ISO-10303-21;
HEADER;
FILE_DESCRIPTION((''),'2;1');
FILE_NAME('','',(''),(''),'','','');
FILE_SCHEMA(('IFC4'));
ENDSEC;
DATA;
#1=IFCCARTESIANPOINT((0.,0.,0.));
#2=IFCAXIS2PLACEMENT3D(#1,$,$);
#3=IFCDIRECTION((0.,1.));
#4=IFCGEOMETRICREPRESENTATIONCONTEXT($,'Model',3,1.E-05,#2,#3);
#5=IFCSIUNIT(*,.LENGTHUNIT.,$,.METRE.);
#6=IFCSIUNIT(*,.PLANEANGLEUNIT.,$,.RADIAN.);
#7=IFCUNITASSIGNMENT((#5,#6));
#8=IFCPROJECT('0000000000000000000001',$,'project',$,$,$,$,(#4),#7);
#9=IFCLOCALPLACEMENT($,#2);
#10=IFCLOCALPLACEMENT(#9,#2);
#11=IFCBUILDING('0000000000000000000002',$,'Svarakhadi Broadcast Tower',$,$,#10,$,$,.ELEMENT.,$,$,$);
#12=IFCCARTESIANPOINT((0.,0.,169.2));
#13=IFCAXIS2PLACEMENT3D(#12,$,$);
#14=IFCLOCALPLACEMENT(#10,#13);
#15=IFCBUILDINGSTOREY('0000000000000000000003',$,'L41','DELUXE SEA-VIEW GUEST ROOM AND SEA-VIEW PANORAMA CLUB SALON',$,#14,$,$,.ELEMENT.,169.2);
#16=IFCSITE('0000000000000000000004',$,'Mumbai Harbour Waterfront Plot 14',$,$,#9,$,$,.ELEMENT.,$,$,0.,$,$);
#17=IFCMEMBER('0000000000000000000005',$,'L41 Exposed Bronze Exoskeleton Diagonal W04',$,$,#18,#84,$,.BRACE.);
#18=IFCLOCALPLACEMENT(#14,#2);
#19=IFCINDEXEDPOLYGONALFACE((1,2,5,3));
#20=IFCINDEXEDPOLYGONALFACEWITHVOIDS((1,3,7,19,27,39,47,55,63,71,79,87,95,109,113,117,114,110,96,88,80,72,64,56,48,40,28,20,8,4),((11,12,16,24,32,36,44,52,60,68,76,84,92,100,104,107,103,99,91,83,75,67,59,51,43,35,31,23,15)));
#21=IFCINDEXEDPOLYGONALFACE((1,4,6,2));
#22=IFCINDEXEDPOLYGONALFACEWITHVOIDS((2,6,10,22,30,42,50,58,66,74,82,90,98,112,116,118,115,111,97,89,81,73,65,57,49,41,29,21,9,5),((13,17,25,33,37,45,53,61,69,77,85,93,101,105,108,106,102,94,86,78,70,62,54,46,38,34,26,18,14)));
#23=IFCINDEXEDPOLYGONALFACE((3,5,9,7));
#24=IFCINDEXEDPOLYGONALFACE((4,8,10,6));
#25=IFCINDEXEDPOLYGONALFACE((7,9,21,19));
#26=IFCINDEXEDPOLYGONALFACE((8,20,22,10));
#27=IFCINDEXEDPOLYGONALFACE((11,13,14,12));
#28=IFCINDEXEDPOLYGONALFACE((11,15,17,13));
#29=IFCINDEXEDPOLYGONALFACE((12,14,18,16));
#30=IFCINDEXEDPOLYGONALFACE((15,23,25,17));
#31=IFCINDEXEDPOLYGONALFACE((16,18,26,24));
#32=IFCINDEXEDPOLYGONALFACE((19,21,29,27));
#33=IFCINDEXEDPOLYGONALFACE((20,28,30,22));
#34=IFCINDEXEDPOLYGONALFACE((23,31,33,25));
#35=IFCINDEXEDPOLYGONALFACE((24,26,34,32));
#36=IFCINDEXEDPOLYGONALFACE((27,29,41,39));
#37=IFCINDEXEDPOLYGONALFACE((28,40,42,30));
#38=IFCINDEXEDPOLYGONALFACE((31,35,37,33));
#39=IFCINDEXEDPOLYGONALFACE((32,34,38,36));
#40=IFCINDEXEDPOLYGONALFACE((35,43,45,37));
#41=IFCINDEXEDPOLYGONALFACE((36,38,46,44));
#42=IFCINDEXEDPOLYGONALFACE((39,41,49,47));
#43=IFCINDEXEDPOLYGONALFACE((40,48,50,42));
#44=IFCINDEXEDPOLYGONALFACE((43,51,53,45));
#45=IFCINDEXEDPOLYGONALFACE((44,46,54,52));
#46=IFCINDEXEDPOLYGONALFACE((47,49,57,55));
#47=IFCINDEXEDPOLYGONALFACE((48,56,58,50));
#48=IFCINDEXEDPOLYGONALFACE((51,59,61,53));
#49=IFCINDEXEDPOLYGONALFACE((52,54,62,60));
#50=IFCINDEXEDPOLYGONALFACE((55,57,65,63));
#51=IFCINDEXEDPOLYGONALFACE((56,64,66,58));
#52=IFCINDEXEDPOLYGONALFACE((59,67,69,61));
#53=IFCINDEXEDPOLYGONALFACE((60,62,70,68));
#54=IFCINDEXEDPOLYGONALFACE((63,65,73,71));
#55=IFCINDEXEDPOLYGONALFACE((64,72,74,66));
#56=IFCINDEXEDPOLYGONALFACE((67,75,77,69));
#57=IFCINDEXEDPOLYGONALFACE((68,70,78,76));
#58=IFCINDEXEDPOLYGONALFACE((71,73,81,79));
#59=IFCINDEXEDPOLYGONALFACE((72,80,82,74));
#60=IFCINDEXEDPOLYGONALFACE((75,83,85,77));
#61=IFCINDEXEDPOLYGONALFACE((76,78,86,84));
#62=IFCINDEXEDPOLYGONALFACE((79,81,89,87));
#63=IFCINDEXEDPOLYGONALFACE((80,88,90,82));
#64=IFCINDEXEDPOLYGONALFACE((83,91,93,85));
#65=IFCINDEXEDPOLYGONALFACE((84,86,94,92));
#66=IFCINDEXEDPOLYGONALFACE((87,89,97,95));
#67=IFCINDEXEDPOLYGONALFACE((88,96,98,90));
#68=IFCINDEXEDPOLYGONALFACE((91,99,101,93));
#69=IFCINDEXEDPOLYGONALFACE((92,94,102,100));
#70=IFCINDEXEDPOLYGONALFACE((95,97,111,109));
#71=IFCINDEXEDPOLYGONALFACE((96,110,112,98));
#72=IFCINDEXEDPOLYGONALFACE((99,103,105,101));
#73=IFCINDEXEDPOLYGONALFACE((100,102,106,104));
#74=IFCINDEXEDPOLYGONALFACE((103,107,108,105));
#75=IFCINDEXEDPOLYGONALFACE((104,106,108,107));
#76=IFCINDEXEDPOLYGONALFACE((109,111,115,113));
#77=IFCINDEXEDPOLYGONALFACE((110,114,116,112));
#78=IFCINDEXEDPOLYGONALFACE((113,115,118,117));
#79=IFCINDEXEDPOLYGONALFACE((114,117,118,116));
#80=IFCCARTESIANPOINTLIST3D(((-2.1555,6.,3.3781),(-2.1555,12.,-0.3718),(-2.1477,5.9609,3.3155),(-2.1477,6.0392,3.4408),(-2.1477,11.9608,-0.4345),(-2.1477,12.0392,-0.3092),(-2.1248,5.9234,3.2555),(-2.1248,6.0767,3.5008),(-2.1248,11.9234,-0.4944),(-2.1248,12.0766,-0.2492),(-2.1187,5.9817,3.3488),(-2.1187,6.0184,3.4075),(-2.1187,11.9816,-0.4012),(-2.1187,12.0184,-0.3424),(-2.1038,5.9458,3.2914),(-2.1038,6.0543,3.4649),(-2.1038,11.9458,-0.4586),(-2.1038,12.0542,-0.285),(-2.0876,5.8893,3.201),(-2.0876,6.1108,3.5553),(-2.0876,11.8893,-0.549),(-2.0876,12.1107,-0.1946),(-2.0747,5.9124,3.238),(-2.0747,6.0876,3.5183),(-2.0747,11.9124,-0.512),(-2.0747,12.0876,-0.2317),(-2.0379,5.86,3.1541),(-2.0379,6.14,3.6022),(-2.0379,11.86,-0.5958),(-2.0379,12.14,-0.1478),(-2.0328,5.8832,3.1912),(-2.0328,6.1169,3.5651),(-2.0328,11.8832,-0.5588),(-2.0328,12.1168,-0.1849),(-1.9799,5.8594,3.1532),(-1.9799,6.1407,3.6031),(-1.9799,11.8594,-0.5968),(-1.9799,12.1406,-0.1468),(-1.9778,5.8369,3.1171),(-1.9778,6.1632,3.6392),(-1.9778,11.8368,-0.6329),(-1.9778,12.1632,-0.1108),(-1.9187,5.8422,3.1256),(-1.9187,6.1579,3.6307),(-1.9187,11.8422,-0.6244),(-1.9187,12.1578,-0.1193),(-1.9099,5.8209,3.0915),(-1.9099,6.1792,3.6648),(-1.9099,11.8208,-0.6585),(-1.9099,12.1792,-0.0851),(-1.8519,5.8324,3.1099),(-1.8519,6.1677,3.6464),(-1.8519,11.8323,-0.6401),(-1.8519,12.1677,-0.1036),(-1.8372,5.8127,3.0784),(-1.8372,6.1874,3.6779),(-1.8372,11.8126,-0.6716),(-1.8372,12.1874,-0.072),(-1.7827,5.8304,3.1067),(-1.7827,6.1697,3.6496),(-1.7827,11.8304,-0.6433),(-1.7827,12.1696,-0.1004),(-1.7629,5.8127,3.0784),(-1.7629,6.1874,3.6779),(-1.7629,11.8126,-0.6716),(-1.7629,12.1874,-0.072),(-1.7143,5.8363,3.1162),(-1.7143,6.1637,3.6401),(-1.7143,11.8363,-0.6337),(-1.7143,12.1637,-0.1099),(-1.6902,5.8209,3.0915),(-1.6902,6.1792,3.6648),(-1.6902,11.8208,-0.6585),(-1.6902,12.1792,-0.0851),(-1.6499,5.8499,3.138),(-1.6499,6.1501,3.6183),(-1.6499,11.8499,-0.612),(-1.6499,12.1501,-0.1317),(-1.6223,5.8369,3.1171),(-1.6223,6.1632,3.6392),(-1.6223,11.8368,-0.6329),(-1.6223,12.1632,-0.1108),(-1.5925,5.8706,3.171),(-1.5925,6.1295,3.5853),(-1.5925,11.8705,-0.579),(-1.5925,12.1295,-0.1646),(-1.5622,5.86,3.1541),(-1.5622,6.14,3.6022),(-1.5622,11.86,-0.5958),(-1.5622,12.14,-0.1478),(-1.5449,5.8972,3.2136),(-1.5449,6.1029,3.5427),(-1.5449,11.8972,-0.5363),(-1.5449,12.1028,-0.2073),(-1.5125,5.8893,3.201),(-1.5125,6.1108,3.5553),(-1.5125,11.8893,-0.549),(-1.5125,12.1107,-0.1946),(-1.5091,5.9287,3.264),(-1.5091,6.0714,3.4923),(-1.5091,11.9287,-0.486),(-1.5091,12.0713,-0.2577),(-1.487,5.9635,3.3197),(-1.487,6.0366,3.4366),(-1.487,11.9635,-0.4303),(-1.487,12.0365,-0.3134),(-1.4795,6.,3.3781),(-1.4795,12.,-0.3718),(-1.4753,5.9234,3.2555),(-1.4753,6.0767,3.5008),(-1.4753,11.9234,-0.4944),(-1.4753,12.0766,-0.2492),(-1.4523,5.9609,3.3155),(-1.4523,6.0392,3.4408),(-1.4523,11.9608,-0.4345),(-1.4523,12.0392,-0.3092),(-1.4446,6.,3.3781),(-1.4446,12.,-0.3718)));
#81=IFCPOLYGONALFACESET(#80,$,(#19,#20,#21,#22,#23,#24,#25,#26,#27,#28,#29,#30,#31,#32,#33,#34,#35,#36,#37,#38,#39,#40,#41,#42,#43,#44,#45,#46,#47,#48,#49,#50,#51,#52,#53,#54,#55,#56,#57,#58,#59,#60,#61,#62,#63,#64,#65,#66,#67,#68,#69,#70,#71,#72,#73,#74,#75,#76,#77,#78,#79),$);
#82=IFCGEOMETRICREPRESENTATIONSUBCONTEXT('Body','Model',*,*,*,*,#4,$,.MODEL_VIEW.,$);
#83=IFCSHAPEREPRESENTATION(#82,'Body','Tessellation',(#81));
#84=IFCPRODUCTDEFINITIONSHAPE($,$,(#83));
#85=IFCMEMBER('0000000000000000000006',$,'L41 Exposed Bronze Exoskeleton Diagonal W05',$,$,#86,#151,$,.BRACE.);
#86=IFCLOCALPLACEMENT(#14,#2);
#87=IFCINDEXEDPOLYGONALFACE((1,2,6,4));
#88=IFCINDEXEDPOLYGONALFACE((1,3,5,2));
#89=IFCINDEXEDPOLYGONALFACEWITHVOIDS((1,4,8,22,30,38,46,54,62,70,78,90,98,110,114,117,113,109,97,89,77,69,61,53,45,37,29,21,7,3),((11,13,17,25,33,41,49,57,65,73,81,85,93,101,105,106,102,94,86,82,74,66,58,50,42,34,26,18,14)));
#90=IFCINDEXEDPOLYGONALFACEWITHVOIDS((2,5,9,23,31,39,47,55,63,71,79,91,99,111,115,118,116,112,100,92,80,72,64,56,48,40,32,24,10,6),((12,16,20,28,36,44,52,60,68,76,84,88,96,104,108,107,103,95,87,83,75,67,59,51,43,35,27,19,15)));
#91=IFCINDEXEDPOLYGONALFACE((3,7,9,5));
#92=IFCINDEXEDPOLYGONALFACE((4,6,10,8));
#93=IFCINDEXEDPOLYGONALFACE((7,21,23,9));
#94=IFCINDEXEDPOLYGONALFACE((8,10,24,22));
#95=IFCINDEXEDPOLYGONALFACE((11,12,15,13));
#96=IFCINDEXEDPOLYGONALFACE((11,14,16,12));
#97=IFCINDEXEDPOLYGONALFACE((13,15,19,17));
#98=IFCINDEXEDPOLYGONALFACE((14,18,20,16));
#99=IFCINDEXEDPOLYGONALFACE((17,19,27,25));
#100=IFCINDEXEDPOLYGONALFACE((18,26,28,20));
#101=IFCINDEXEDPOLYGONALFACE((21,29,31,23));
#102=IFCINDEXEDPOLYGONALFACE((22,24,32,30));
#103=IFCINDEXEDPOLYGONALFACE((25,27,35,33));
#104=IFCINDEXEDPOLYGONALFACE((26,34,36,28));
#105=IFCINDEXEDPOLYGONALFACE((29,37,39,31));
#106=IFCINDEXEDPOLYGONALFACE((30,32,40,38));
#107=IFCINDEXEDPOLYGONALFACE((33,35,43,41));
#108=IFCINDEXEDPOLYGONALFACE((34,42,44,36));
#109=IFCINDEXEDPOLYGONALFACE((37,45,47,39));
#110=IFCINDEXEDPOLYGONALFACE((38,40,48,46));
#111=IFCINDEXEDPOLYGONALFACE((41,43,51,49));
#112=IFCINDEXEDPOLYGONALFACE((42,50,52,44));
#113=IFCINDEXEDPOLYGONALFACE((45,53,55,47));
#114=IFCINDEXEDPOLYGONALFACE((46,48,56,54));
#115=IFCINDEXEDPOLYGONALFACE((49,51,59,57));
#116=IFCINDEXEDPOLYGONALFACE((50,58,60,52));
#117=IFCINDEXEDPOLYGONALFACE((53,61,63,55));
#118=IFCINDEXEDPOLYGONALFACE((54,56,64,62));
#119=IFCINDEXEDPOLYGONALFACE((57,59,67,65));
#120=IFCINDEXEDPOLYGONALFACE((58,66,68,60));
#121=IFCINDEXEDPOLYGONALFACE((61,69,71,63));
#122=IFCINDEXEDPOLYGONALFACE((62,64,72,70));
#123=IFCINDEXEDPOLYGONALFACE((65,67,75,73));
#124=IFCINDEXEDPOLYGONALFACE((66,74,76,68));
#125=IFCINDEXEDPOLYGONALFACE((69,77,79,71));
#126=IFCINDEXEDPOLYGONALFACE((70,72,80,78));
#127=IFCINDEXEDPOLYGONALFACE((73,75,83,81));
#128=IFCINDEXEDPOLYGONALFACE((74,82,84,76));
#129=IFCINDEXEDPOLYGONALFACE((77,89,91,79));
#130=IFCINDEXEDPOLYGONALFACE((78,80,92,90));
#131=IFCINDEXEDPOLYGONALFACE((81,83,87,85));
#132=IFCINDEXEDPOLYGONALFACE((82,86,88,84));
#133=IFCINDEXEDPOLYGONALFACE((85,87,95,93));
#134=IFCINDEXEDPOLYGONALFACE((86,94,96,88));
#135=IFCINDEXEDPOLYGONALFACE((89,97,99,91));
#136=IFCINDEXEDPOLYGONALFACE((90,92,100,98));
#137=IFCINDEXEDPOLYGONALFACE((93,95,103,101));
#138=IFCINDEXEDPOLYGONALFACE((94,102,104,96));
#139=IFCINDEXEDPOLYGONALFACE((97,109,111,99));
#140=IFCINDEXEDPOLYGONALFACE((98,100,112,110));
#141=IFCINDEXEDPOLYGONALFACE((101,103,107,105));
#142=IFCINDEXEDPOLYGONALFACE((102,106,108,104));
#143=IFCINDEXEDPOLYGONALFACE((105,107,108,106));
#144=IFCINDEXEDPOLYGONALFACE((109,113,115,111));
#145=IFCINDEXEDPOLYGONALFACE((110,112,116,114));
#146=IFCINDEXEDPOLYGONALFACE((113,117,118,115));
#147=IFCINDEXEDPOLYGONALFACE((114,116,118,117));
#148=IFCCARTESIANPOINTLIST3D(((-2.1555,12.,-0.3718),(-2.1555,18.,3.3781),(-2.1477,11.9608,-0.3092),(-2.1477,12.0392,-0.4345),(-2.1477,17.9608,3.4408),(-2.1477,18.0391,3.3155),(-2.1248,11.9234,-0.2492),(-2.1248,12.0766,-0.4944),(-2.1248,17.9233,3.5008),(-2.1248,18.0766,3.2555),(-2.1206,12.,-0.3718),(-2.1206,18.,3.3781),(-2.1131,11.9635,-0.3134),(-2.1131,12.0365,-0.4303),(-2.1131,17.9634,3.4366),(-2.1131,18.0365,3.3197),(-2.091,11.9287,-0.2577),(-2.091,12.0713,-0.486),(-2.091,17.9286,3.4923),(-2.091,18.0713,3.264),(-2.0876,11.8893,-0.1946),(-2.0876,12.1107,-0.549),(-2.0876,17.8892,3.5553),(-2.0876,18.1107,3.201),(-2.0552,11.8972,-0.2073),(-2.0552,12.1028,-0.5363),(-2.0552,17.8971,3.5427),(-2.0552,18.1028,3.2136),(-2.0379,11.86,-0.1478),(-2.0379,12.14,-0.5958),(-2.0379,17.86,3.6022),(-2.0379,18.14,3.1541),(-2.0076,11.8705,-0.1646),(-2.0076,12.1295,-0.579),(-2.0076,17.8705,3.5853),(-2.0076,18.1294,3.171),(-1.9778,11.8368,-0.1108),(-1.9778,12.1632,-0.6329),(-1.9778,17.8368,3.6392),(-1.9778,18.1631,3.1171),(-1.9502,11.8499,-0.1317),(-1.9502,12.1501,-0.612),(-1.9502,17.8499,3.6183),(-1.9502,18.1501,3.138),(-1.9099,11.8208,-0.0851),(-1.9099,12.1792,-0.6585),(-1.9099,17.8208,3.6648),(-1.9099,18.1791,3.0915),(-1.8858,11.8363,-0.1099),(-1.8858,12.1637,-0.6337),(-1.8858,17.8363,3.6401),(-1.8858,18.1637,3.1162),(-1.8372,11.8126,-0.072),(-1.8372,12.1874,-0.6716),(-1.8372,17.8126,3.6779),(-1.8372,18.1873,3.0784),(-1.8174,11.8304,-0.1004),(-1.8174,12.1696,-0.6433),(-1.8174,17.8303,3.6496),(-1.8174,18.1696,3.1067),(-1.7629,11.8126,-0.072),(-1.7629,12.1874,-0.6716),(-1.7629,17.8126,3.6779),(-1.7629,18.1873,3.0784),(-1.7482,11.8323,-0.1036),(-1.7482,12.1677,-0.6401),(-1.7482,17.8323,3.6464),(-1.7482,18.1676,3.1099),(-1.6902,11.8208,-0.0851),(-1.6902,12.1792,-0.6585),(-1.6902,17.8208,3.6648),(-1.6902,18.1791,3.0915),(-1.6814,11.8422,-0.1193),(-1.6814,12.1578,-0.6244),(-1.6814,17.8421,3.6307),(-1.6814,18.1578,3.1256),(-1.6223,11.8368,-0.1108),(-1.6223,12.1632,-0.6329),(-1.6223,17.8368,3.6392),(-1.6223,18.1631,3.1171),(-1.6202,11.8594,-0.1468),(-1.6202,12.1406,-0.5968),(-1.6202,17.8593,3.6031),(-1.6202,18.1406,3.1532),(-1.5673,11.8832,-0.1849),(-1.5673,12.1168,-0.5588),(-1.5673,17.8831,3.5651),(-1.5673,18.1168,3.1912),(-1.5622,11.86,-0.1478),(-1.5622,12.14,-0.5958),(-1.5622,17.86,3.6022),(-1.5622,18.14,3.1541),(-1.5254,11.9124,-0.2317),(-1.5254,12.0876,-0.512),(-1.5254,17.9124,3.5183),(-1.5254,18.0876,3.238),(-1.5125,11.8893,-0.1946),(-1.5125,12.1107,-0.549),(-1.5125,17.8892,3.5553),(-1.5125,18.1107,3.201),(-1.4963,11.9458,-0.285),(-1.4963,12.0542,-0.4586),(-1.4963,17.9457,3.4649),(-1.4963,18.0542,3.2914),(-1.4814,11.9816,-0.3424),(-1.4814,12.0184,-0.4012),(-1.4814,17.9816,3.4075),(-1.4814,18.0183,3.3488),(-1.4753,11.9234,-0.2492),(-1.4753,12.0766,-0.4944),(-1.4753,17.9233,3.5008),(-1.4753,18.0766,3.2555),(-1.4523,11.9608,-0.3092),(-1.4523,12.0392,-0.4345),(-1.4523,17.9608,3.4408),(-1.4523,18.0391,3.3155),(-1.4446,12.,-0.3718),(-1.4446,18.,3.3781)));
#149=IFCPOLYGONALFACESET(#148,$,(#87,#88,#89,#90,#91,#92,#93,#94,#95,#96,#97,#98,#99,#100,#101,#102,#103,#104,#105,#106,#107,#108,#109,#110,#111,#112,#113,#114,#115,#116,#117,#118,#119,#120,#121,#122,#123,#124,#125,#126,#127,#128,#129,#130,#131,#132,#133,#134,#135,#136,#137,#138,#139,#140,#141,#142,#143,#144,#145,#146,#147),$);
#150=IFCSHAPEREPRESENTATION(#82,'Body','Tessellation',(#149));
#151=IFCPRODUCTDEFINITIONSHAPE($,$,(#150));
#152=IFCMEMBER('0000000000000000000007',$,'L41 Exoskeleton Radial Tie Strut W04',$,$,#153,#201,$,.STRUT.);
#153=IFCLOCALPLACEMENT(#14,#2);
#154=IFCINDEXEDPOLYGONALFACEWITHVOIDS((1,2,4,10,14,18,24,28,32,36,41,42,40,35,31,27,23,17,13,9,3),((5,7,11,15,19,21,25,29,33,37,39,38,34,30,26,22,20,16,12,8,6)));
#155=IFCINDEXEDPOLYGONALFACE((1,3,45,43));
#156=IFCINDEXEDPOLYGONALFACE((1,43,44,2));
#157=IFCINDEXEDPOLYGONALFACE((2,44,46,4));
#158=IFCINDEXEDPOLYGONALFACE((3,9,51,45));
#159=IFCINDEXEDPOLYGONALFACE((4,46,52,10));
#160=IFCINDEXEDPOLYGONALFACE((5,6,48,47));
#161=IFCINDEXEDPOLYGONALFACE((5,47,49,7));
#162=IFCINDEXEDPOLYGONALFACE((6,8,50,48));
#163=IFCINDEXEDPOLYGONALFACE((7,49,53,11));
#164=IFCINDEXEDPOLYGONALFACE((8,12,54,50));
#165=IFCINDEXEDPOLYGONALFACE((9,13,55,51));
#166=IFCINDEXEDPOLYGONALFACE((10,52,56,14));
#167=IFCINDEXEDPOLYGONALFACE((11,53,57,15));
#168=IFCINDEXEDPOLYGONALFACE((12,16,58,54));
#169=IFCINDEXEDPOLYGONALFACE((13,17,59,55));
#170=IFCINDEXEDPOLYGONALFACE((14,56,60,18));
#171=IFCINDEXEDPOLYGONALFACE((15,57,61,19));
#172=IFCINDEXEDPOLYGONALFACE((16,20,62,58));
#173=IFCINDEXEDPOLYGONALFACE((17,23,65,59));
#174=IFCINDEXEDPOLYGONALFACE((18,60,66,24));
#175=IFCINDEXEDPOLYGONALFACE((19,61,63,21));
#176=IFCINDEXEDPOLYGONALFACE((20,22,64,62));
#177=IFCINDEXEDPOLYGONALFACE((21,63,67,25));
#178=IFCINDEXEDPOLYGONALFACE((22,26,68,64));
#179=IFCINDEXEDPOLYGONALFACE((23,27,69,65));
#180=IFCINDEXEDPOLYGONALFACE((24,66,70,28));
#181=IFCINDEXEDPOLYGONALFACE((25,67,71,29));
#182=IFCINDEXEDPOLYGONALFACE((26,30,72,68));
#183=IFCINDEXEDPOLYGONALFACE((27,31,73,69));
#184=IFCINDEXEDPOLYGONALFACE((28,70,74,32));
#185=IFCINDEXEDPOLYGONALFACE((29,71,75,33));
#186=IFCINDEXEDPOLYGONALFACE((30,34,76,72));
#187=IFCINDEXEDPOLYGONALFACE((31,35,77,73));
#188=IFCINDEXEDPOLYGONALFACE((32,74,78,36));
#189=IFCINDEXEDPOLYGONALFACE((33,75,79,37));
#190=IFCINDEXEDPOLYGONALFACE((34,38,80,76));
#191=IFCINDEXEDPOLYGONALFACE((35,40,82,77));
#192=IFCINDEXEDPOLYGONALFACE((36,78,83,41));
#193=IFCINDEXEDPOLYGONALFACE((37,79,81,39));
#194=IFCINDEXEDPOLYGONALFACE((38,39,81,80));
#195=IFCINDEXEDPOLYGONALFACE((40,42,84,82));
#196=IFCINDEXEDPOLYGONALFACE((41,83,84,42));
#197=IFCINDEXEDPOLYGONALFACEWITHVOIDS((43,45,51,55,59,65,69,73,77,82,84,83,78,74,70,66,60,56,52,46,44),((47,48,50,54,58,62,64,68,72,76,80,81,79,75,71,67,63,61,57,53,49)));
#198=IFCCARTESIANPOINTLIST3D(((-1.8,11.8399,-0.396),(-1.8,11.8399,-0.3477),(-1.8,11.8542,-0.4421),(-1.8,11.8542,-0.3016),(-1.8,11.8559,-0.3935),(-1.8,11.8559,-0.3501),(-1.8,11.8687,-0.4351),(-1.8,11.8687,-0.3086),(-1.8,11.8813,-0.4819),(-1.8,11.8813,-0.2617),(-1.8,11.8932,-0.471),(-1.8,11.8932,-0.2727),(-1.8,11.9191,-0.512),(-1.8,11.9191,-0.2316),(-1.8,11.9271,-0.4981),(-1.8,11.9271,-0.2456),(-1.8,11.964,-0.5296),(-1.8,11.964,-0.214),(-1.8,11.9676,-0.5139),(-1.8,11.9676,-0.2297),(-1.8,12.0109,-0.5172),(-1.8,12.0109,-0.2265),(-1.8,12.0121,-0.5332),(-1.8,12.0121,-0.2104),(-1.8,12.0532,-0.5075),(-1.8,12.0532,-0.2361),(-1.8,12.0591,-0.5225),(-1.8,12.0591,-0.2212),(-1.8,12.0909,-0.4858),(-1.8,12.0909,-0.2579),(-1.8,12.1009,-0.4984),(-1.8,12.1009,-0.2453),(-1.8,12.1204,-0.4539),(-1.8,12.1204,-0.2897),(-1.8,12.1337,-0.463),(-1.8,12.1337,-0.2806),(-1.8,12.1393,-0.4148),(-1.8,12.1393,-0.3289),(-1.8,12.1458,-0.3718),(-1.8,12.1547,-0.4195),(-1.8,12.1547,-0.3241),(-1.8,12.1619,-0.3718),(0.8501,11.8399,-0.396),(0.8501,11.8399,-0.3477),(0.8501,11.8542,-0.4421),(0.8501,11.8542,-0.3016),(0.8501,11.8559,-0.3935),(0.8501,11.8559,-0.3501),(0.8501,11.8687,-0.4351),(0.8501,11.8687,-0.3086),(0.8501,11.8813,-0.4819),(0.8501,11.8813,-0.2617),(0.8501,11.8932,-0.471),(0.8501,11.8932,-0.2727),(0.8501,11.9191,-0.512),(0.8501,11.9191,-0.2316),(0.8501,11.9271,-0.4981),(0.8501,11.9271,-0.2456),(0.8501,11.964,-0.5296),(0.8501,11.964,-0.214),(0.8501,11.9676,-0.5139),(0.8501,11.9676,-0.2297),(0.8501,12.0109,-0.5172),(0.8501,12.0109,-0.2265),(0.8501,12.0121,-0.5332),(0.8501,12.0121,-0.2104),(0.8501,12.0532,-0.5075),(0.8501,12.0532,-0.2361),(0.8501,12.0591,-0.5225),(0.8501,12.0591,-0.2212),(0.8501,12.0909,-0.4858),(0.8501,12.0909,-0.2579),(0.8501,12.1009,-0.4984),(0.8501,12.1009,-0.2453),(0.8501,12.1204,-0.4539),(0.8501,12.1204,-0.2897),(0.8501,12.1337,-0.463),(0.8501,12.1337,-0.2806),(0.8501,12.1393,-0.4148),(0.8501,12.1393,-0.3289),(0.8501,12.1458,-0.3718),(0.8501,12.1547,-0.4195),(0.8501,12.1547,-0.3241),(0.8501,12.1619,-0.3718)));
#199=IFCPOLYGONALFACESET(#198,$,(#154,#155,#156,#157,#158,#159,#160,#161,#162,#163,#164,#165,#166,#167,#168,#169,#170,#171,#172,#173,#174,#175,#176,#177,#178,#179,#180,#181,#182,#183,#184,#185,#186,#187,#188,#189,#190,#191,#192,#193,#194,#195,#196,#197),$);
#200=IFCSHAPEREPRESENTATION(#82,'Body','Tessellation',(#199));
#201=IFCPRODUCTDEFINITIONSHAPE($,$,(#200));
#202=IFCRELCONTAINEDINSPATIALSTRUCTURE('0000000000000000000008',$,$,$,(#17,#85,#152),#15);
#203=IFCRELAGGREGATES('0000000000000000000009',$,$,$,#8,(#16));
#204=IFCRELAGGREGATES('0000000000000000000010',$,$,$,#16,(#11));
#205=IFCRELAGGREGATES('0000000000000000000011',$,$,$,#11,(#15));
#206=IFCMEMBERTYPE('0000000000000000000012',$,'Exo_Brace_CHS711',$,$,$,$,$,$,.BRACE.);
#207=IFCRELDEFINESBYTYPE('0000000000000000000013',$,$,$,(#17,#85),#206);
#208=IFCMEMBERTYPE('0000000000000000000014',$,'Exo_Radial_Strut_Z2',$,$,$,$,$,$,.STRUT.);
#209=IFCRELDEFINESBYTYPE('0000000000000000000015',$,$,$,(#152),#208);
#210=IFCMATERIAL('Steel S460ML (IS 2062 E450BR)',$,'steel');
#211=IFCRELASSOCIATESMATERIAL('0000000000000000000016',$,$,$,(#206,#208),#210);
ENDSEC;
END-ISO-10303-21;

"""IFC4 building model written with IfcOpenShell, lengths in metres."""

from ifc_helpers import new_model, si_unit, direction, frame, origin, origin_2d, place, context, subcontext, project, spatial, hollow_circle, extrude, material, material_profile, profile_set, type_object, element, save


model = new_model("IFC4")

# Units and contexts
model_context = context("Model", 3, precision=1e-05, world=origin(), true_north=direction((0.0, 1.0)))
body_context = subcontext(model_context, "Body", "Model", "MODEL_VIEW")
ifc_project = project(units=[si_unit("LENGTHUNIT", "METRE"), si_unit("PLANEANGLEUNIT", "RADIAN")], contexts=[model_context])

# Site, building, storey
site_placement = place(None, origin())
site = spatial("IfcSite", under=ifc_project, at=site_placement, Name="Mumbai Harbour Waterfront Plot 14", CompositionType="ELEMENT", RefElevation=0.0)
building_placement = place(site_placement, origin())
building = spatial("IfcBuilding", under=site, at=building_placement, Name="Svarakhadi Broadcast Tower", CompositionType="ELEMENT")
storey_placement = place(building_placement, frame((0.0, 0.0, 169.2)))
storey = spatial("IfcBuildingStorey", under=building, at=storey_placement, Name="L41", Description="DELUXE SEA-VIEW GUEST ROOM AND SEA-VIEW PANORAMA CLUB SALON", CompositionType="ELEMENT", Elevation=169.2)

# Shared definitions
ifc_material_1 = material(Name="Steel S460ML (IS 2062 E450BR)", Category="steel")

# Members
ifc_material_profile_1 = material_profile(ifc_material_1, hollow_circle(Radius=0.3555, WallThickness=0.0349, at=origin_2d()), Name="CHS 711x35")
ifc_profile_set_1 = profile_set([ifc_material_profile_1], Name="Steel S460ML (IS 2062 E450BR)")
member_type_1 = type_object("IfcMemberType", Name="Exo_Brace_CHS711", PredefinedType="BRACE", material=ifc_profile_set_1)
for number, where, z_axis, x_axis, name in (
    (1, (-1.8, 12.0, -0.3718), (0.0, -0.847998, 0.529999), (1.0, 0.0, 0.0), "L41 Exposed Bronze Exoskeleton Diagonal W04"),
    (2, (-1.8, 12.0, -0.3718), (0.0, 0.847998, 0.529999), (-1.0, 0.0, 0.0), "L41 Exposed Bronze Exoskeleton Diagonal W05"),
):
    element("IfcMember", number, at=place(storey_placement, frame(where, z_axis=z_axis, x_axis=x_axis)), inside=storey, type_object=member_type_1, Name=name, PredefinedType="BRACE", context=body_context, shape_type="SweptSolid", body=[
        extrude(hollow_circle(Radius=0.3555, WallThickness=0.0349, at=origin_2d()), origin(), (0.0, 0.0, 1.0), 7.0754),
    ])
ifc_material_profile_2 = material_profile(ifc_material_1, hollow_circle(Radius=0.1619, WallThickness=0.0161, at=origin_2d()), Name="CHS 323.9x16")
ifc_profile_set_2 = profile_set([ifc_material_profile_2], Name="Steel S460ML (IS 2062 E450BR)")
member_type_2 = type_object("IfcMemberType", Name="Exo_Radial_Strut_Z2", PredefinedType="STRUT", material=ifc_profile_set_2)
member_1_placement = place(storey_placement, frame((-1.8, 12.0, -0.3718), z_axis=(1.0, 0.0, 0.0), x_axis=(0.0, 1.0, 0.0)))
element("IfcMember", 3, at=member_1_placement, inside=storey, type_object=member_type_2, Name="L41 Exoskeleton Radial Tie Strut W04", PredefinedType="STRUT", context=body_context, shape_type="SweptSolid", body=[
    extrude(hollow_circle(Radius=0.1619, WallThickness=0.0161, at=origin_2d()), origin(), (0.0, 0.0, 1.0), 2.6501),
])

save(model, "model.ifc")
